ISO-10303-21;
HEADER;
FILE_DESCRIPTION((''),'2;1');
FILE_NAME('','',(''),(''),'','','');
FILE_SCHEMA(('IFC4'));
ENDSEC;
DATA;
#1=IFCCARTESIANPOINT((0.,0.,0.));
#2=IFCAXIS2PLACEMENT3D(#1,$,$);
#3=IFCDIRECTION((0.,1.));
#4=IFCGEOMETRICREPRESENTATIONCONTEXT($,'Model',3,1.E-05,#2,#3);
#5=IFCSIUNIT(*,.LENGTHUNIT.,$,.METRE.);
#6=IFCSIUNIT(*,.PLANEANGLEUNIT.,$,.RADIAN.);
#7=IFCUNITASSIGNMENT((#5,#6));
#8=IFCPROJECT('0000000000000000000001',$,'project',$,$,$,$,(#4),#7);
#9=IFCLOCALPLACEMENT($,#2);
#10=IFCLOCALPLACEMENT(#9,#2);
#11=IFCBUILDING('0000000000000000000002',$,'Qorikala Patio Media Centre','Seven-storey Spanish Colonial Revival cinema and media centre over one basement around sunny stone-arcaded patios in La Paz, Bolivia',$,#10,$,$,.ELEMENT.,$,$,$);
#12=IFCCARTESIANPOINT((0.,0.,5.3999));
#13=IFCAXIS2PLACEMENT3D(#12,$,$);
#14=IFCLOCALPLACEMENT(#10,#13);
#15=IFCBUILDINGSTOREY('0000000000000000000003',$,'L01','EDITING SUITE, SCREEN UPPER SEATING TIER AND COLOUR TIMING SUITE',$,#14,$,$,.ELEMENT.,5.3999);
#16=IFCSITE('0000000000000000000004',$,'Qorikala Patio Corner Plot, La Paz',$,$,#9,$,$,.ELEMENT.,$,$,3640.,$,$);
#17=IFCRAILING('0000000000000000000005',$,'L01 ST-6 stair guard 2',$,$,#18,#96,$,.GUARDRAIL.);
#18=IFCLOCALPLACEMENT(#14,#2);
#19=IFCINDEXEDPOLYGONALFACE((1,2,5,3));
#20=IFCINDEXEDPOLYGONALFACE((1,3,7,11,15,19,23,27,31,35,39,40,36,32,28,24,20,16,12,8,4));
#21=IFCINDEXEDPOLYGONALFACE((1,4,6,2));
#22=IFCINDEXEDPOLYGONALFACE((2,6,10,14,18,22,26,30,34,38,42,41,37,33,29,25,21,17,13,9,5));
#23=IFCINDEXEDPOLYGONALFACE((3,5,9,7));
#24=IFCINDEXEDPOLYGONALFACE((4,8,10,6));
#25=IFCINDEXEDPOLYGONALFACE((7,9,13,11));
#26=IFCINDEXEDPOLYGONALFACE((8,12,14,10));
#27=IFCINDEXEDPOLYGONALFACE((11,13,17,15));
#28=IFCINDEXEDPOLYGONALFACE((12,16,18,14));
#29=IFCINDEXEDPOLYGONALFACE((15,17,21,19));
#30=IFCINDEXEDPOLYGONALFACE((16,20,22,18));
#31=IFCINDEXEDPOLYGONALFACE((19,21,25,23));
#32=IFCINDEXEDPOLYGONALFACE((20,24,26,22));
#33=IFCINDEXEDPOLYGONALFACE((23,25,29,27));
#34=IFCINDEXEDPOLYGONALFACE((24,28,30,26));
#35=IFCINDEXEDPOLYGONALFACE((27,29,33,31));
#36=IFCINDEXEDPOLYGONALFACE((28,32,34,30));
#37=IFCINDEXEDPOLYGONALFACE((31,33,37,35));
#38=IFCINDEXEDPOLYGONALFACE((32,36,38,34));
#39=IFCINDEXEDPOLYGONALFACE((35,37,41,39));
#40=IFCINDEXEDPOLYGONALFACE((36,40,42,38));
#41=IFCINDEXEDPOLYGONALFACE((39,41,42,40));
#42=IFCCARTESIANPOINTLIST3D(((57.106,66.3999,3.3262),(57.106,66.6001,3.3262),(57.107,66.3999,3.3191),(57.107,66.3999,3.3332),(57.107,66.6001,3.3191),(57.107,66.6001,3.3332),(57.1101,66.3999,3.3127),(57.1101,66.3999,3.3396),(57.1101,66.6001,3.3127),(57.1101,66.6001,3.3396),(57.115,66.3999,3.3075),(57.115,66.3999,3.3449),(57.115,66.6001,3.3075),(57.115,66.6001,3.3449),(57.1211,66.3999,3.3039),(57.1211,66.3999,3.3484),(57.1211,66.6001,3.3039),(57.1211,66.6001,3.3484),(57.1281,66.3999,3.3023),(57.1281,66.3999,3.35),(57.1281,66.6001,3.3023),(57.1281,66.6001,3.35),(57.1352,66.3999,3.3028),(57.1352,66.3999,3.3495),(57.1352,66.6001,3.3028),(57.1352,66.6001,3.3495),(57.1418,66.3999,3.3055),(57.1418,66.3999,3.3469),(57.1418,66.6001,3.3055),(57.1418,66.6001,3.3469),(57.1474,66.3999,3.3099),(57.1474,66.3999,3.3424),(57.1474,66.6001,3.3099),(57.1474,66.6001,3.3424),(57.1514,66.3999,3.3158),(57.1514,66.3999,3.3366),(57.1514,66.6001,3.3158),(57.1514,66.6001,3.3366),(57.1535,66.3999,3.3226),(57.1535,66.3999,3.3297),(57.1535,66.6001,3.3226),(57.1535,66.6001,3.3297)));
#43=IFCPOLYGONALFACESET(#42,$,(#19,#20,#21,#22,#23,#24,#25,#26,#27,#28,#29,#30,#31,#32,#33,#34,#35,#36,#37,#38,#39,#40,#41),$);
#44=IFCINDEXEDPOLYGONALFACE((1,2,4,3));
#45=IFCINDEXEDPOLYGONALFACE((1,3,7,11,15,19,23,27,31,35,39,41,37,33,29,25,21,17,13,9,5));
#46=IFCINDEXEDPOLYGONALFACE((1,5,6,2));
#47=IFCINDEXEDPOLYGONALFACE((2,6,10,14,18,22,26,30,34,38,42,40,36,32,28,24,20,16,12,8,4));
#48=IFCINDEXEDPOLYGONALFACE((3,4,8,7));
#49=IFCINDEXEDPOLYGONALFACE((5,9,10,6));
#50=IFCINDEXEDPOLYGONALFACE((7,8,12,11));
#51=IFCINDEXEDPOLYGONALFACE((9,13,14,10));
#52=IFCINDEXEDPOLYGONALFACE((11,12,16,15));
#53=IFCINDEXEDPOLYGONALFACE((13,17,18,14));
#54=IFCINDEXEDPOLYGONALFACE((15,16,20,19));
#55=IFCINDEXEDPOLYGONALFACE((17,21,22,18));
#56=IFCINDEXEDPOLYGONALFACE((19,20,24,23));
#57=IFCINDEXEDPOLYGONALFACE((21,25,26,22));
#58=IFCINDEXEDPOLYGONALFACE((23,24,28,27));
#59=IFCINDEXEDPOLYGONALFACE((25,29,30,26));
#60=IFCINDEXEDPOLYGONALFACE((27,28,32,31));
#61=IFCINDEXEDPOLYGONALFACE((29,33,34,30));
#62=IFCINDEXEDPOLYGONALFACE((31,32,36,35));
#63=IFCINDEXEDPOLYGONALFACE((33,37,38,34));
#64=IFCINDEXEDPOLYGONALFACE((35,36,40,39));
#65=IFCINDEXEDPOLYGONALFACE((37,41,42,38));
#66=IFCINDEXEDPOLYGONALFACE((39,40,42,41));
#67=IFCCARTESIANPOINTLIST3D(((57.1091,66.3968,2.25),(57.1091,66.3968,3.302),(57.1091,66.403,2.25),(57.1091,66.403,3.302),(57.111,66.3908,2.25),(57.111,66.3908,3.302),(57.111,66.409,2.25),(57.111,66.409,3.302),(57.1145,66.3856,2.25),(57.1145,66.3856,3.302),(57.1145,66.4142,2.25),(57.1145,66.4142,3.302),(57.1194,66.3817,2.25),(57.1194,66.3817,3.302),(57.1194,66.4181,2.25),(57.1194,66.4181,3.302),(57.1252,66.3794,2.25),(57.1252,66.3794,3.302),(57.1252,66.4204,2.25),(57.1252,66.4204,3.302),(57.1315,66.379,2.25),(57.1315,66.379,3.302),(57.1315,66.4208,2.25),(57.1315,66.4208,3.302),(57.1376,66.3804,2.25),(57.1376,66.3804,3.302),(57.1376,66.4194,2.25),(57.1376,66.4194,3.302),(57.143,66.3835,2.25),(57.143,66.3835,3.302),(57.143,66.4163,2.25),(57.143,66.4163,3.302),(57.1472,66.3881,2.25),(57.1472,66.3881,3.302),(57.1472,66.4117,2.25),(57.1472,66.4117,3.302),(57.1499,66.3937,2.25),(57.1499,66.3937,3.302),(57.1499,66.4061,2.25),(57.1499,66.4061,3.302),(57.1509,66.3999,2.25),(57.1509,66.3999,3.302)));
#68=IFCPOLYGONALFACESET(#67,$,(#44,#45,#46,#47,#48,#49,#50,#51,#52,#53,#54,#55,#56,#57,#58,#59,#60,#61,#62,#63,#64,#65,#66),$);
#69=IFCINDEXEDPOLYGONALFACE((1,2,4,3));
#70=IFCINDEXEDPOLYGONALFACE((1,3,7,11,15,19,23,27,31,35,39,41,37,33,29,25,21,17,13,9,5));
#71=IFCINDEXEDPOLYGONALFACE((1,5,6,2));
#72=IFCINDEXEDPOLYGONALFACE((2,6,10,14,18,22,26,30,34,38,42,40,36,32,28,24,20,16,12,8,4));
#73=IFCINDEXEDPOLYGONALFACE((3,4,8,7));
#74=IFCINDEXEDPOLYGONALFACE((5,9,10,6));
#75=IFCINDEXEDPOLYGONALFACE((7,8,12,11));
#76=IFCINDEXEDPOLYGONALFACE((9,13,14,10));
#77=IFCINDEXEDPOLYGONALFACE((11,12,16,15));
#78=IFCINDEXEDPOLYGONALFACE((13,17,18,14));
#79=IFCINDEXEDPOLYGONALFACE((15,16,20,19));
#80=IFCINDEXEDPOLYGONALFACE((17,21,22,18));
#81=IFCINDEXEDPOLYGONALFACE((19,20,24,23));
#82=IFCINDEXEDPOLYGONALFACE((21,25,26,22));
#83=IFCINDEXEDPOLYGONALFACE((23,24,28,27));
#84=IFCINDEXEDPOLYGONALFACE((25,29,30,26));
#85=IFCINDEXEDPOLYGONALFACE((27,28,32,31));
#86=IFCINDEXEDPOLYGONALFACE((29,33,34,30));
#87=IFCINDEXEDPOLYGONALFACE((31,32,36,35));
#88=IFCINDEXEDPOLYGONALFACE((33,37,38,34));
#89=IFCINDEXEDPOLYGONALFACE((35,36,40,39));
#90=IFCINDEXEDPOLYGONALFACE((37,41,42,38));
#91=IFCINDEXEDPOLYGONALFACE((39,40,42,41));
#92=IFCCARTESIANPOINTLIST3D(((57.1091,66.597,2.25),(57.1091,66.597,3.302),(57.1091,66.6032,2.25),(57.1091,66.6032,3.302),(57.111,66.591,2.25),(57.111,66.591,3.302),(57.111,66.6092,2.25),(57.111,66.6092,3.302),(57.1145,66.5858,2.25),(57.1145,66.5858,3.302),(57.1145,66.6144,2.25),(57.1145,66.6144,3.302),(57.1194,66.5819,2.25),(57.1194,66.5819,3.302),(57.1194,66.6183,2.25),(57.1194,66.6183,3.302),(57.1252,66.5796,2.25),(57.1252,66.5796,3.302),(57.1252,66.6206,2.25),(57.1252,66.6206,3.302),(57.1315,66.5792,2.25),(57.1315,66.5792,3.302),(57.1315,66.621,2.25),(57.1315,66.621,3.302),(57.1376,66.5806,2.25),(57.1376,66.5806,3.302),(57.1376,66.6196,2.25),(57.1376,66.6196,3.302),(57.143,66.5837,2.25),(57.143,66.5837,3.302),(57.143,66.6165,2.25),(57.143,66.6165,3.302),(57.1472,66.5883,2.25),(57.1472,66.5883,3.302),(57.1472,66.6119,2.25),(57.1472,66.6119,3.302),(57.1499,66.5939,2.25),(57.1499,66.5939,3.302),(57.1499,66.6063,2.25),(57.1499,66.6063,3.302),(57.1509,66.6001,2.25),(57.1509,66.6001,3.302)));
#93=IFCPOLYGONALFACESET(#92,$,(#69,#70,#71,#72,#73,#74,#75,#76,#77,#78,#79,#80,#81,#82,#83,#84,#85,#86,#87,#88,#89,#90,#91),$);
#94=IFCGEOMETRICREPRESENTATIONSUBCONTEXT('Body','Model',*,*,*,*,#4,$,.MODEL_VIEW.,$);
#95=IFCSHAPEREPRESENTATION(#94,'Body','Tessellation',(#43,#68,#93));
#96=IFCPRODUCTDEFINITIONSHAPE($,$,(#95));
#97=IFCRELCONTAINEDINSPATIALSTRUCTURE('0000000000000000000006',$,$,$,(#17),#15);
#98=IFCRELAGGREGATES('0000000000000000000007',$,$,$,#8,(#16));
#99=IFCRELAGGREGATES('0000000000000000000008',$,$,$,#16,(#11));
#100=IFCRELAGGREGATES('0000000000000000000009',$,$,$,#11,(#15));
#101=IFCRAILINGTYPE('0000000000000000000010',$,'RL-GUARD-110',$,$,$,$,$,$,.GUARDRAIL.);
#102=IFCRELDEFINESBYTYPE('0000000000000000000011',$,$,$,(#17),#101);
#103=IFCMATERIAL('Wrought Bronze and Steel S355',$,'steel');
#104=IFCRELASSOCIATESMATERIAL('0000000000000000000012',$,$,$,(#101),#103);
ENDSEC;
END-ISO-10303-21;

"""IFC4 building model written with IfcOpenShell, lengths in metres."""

from ifc_helpers import new_model, si_unit, direction, frame, origin, origin_2d, place, context, subcontext, project, spatial, circle, extrude, material, type_object, element, save


model = new_model("IFC4")

# Units and contexts
model_context = context("Model", 3, precision=1e-05, world=origin(), true_north=direction((0.0, 1.0)))
body_context = subcontext(model_context, "Body", "Model", "MODEL_VIEW")
ifc_project = project(units=[si_unit("LENGTHUNIT", "METRE"), si_unit("PLANEANGLEUNIT", "RADIAN")], contexts=[model_context])

# Site, building, storey
site_placement = place(None, origin())
site = spatial("IfcSite", under=ifc_project, at=site_placement, Name="Qorikala Patio Corner Plot, La Paz", CompositionType="ELEMENT", RefElevation=3640.0)
building_placement = place(site_placement, origin())
building = spatial("IfcBuilding", under=site, at=building_placement, Name="Qorikala Patio Media Centre", Description="Seven-storey Spanish Colonial Revival cinema and media centre over one basement around sunny stone-arcaded patios in La Paz, Bolivia", CompositionType="ELEMENT")
storey_placement = place(building_placement, frame((0.0, 0.0, 5.3999)))
storey = spatial("IfcBuildingStorey", under=building, at=storey_placement, Name="L01", Description="EDITING SUITE, SCREEN UPPER SEATING TIER AND COLOUR TIMING SUITE", CompositionType="ELEMENT", Elevation=5.3999)

# Railing
ifc_material_1 = material(Name="Wrought Bronze and Steel S355", Category="steel")
railing_type_1 = type_object("IfcRailingType", Name="RL-GUARD-110", PredefinedType="GUARDRAIL", material=ifc_material_1)
railing_1_placement = place(storey_placement, frame((57.1299, 66.3999, 2.25)))
element("IfcRailing", 1, at=railing_1_placement, inside=storey, type_object=railing_type_1, Name="L01 ST-6 stair guard 2", PredefinedType="GUARDRAIL", context=body_context, shape_type="SweptSolid", body=[
    extrude(circle(Radius=0.0239, at=origin_2d()), frame((0.0, 0.0, 1.0762), z_axis=(0.0, 1.0, 0.0), x_axis=(-1.0, 0.0, 0.0)), (0.0, 0.0, 1.0), 0.2002),
    extrude(circle(Radius=0.021, at=origin_2d()), origin(), (0.0, 0.0, 1.0), 1.052),
    extrude(circle(Radius=0.021, at=origin_2d()), frame((0.0, 0.2002, 0.0)), (0.0, 0.0, 1.0), 1.052),
])

save(model, "model.ifc")
